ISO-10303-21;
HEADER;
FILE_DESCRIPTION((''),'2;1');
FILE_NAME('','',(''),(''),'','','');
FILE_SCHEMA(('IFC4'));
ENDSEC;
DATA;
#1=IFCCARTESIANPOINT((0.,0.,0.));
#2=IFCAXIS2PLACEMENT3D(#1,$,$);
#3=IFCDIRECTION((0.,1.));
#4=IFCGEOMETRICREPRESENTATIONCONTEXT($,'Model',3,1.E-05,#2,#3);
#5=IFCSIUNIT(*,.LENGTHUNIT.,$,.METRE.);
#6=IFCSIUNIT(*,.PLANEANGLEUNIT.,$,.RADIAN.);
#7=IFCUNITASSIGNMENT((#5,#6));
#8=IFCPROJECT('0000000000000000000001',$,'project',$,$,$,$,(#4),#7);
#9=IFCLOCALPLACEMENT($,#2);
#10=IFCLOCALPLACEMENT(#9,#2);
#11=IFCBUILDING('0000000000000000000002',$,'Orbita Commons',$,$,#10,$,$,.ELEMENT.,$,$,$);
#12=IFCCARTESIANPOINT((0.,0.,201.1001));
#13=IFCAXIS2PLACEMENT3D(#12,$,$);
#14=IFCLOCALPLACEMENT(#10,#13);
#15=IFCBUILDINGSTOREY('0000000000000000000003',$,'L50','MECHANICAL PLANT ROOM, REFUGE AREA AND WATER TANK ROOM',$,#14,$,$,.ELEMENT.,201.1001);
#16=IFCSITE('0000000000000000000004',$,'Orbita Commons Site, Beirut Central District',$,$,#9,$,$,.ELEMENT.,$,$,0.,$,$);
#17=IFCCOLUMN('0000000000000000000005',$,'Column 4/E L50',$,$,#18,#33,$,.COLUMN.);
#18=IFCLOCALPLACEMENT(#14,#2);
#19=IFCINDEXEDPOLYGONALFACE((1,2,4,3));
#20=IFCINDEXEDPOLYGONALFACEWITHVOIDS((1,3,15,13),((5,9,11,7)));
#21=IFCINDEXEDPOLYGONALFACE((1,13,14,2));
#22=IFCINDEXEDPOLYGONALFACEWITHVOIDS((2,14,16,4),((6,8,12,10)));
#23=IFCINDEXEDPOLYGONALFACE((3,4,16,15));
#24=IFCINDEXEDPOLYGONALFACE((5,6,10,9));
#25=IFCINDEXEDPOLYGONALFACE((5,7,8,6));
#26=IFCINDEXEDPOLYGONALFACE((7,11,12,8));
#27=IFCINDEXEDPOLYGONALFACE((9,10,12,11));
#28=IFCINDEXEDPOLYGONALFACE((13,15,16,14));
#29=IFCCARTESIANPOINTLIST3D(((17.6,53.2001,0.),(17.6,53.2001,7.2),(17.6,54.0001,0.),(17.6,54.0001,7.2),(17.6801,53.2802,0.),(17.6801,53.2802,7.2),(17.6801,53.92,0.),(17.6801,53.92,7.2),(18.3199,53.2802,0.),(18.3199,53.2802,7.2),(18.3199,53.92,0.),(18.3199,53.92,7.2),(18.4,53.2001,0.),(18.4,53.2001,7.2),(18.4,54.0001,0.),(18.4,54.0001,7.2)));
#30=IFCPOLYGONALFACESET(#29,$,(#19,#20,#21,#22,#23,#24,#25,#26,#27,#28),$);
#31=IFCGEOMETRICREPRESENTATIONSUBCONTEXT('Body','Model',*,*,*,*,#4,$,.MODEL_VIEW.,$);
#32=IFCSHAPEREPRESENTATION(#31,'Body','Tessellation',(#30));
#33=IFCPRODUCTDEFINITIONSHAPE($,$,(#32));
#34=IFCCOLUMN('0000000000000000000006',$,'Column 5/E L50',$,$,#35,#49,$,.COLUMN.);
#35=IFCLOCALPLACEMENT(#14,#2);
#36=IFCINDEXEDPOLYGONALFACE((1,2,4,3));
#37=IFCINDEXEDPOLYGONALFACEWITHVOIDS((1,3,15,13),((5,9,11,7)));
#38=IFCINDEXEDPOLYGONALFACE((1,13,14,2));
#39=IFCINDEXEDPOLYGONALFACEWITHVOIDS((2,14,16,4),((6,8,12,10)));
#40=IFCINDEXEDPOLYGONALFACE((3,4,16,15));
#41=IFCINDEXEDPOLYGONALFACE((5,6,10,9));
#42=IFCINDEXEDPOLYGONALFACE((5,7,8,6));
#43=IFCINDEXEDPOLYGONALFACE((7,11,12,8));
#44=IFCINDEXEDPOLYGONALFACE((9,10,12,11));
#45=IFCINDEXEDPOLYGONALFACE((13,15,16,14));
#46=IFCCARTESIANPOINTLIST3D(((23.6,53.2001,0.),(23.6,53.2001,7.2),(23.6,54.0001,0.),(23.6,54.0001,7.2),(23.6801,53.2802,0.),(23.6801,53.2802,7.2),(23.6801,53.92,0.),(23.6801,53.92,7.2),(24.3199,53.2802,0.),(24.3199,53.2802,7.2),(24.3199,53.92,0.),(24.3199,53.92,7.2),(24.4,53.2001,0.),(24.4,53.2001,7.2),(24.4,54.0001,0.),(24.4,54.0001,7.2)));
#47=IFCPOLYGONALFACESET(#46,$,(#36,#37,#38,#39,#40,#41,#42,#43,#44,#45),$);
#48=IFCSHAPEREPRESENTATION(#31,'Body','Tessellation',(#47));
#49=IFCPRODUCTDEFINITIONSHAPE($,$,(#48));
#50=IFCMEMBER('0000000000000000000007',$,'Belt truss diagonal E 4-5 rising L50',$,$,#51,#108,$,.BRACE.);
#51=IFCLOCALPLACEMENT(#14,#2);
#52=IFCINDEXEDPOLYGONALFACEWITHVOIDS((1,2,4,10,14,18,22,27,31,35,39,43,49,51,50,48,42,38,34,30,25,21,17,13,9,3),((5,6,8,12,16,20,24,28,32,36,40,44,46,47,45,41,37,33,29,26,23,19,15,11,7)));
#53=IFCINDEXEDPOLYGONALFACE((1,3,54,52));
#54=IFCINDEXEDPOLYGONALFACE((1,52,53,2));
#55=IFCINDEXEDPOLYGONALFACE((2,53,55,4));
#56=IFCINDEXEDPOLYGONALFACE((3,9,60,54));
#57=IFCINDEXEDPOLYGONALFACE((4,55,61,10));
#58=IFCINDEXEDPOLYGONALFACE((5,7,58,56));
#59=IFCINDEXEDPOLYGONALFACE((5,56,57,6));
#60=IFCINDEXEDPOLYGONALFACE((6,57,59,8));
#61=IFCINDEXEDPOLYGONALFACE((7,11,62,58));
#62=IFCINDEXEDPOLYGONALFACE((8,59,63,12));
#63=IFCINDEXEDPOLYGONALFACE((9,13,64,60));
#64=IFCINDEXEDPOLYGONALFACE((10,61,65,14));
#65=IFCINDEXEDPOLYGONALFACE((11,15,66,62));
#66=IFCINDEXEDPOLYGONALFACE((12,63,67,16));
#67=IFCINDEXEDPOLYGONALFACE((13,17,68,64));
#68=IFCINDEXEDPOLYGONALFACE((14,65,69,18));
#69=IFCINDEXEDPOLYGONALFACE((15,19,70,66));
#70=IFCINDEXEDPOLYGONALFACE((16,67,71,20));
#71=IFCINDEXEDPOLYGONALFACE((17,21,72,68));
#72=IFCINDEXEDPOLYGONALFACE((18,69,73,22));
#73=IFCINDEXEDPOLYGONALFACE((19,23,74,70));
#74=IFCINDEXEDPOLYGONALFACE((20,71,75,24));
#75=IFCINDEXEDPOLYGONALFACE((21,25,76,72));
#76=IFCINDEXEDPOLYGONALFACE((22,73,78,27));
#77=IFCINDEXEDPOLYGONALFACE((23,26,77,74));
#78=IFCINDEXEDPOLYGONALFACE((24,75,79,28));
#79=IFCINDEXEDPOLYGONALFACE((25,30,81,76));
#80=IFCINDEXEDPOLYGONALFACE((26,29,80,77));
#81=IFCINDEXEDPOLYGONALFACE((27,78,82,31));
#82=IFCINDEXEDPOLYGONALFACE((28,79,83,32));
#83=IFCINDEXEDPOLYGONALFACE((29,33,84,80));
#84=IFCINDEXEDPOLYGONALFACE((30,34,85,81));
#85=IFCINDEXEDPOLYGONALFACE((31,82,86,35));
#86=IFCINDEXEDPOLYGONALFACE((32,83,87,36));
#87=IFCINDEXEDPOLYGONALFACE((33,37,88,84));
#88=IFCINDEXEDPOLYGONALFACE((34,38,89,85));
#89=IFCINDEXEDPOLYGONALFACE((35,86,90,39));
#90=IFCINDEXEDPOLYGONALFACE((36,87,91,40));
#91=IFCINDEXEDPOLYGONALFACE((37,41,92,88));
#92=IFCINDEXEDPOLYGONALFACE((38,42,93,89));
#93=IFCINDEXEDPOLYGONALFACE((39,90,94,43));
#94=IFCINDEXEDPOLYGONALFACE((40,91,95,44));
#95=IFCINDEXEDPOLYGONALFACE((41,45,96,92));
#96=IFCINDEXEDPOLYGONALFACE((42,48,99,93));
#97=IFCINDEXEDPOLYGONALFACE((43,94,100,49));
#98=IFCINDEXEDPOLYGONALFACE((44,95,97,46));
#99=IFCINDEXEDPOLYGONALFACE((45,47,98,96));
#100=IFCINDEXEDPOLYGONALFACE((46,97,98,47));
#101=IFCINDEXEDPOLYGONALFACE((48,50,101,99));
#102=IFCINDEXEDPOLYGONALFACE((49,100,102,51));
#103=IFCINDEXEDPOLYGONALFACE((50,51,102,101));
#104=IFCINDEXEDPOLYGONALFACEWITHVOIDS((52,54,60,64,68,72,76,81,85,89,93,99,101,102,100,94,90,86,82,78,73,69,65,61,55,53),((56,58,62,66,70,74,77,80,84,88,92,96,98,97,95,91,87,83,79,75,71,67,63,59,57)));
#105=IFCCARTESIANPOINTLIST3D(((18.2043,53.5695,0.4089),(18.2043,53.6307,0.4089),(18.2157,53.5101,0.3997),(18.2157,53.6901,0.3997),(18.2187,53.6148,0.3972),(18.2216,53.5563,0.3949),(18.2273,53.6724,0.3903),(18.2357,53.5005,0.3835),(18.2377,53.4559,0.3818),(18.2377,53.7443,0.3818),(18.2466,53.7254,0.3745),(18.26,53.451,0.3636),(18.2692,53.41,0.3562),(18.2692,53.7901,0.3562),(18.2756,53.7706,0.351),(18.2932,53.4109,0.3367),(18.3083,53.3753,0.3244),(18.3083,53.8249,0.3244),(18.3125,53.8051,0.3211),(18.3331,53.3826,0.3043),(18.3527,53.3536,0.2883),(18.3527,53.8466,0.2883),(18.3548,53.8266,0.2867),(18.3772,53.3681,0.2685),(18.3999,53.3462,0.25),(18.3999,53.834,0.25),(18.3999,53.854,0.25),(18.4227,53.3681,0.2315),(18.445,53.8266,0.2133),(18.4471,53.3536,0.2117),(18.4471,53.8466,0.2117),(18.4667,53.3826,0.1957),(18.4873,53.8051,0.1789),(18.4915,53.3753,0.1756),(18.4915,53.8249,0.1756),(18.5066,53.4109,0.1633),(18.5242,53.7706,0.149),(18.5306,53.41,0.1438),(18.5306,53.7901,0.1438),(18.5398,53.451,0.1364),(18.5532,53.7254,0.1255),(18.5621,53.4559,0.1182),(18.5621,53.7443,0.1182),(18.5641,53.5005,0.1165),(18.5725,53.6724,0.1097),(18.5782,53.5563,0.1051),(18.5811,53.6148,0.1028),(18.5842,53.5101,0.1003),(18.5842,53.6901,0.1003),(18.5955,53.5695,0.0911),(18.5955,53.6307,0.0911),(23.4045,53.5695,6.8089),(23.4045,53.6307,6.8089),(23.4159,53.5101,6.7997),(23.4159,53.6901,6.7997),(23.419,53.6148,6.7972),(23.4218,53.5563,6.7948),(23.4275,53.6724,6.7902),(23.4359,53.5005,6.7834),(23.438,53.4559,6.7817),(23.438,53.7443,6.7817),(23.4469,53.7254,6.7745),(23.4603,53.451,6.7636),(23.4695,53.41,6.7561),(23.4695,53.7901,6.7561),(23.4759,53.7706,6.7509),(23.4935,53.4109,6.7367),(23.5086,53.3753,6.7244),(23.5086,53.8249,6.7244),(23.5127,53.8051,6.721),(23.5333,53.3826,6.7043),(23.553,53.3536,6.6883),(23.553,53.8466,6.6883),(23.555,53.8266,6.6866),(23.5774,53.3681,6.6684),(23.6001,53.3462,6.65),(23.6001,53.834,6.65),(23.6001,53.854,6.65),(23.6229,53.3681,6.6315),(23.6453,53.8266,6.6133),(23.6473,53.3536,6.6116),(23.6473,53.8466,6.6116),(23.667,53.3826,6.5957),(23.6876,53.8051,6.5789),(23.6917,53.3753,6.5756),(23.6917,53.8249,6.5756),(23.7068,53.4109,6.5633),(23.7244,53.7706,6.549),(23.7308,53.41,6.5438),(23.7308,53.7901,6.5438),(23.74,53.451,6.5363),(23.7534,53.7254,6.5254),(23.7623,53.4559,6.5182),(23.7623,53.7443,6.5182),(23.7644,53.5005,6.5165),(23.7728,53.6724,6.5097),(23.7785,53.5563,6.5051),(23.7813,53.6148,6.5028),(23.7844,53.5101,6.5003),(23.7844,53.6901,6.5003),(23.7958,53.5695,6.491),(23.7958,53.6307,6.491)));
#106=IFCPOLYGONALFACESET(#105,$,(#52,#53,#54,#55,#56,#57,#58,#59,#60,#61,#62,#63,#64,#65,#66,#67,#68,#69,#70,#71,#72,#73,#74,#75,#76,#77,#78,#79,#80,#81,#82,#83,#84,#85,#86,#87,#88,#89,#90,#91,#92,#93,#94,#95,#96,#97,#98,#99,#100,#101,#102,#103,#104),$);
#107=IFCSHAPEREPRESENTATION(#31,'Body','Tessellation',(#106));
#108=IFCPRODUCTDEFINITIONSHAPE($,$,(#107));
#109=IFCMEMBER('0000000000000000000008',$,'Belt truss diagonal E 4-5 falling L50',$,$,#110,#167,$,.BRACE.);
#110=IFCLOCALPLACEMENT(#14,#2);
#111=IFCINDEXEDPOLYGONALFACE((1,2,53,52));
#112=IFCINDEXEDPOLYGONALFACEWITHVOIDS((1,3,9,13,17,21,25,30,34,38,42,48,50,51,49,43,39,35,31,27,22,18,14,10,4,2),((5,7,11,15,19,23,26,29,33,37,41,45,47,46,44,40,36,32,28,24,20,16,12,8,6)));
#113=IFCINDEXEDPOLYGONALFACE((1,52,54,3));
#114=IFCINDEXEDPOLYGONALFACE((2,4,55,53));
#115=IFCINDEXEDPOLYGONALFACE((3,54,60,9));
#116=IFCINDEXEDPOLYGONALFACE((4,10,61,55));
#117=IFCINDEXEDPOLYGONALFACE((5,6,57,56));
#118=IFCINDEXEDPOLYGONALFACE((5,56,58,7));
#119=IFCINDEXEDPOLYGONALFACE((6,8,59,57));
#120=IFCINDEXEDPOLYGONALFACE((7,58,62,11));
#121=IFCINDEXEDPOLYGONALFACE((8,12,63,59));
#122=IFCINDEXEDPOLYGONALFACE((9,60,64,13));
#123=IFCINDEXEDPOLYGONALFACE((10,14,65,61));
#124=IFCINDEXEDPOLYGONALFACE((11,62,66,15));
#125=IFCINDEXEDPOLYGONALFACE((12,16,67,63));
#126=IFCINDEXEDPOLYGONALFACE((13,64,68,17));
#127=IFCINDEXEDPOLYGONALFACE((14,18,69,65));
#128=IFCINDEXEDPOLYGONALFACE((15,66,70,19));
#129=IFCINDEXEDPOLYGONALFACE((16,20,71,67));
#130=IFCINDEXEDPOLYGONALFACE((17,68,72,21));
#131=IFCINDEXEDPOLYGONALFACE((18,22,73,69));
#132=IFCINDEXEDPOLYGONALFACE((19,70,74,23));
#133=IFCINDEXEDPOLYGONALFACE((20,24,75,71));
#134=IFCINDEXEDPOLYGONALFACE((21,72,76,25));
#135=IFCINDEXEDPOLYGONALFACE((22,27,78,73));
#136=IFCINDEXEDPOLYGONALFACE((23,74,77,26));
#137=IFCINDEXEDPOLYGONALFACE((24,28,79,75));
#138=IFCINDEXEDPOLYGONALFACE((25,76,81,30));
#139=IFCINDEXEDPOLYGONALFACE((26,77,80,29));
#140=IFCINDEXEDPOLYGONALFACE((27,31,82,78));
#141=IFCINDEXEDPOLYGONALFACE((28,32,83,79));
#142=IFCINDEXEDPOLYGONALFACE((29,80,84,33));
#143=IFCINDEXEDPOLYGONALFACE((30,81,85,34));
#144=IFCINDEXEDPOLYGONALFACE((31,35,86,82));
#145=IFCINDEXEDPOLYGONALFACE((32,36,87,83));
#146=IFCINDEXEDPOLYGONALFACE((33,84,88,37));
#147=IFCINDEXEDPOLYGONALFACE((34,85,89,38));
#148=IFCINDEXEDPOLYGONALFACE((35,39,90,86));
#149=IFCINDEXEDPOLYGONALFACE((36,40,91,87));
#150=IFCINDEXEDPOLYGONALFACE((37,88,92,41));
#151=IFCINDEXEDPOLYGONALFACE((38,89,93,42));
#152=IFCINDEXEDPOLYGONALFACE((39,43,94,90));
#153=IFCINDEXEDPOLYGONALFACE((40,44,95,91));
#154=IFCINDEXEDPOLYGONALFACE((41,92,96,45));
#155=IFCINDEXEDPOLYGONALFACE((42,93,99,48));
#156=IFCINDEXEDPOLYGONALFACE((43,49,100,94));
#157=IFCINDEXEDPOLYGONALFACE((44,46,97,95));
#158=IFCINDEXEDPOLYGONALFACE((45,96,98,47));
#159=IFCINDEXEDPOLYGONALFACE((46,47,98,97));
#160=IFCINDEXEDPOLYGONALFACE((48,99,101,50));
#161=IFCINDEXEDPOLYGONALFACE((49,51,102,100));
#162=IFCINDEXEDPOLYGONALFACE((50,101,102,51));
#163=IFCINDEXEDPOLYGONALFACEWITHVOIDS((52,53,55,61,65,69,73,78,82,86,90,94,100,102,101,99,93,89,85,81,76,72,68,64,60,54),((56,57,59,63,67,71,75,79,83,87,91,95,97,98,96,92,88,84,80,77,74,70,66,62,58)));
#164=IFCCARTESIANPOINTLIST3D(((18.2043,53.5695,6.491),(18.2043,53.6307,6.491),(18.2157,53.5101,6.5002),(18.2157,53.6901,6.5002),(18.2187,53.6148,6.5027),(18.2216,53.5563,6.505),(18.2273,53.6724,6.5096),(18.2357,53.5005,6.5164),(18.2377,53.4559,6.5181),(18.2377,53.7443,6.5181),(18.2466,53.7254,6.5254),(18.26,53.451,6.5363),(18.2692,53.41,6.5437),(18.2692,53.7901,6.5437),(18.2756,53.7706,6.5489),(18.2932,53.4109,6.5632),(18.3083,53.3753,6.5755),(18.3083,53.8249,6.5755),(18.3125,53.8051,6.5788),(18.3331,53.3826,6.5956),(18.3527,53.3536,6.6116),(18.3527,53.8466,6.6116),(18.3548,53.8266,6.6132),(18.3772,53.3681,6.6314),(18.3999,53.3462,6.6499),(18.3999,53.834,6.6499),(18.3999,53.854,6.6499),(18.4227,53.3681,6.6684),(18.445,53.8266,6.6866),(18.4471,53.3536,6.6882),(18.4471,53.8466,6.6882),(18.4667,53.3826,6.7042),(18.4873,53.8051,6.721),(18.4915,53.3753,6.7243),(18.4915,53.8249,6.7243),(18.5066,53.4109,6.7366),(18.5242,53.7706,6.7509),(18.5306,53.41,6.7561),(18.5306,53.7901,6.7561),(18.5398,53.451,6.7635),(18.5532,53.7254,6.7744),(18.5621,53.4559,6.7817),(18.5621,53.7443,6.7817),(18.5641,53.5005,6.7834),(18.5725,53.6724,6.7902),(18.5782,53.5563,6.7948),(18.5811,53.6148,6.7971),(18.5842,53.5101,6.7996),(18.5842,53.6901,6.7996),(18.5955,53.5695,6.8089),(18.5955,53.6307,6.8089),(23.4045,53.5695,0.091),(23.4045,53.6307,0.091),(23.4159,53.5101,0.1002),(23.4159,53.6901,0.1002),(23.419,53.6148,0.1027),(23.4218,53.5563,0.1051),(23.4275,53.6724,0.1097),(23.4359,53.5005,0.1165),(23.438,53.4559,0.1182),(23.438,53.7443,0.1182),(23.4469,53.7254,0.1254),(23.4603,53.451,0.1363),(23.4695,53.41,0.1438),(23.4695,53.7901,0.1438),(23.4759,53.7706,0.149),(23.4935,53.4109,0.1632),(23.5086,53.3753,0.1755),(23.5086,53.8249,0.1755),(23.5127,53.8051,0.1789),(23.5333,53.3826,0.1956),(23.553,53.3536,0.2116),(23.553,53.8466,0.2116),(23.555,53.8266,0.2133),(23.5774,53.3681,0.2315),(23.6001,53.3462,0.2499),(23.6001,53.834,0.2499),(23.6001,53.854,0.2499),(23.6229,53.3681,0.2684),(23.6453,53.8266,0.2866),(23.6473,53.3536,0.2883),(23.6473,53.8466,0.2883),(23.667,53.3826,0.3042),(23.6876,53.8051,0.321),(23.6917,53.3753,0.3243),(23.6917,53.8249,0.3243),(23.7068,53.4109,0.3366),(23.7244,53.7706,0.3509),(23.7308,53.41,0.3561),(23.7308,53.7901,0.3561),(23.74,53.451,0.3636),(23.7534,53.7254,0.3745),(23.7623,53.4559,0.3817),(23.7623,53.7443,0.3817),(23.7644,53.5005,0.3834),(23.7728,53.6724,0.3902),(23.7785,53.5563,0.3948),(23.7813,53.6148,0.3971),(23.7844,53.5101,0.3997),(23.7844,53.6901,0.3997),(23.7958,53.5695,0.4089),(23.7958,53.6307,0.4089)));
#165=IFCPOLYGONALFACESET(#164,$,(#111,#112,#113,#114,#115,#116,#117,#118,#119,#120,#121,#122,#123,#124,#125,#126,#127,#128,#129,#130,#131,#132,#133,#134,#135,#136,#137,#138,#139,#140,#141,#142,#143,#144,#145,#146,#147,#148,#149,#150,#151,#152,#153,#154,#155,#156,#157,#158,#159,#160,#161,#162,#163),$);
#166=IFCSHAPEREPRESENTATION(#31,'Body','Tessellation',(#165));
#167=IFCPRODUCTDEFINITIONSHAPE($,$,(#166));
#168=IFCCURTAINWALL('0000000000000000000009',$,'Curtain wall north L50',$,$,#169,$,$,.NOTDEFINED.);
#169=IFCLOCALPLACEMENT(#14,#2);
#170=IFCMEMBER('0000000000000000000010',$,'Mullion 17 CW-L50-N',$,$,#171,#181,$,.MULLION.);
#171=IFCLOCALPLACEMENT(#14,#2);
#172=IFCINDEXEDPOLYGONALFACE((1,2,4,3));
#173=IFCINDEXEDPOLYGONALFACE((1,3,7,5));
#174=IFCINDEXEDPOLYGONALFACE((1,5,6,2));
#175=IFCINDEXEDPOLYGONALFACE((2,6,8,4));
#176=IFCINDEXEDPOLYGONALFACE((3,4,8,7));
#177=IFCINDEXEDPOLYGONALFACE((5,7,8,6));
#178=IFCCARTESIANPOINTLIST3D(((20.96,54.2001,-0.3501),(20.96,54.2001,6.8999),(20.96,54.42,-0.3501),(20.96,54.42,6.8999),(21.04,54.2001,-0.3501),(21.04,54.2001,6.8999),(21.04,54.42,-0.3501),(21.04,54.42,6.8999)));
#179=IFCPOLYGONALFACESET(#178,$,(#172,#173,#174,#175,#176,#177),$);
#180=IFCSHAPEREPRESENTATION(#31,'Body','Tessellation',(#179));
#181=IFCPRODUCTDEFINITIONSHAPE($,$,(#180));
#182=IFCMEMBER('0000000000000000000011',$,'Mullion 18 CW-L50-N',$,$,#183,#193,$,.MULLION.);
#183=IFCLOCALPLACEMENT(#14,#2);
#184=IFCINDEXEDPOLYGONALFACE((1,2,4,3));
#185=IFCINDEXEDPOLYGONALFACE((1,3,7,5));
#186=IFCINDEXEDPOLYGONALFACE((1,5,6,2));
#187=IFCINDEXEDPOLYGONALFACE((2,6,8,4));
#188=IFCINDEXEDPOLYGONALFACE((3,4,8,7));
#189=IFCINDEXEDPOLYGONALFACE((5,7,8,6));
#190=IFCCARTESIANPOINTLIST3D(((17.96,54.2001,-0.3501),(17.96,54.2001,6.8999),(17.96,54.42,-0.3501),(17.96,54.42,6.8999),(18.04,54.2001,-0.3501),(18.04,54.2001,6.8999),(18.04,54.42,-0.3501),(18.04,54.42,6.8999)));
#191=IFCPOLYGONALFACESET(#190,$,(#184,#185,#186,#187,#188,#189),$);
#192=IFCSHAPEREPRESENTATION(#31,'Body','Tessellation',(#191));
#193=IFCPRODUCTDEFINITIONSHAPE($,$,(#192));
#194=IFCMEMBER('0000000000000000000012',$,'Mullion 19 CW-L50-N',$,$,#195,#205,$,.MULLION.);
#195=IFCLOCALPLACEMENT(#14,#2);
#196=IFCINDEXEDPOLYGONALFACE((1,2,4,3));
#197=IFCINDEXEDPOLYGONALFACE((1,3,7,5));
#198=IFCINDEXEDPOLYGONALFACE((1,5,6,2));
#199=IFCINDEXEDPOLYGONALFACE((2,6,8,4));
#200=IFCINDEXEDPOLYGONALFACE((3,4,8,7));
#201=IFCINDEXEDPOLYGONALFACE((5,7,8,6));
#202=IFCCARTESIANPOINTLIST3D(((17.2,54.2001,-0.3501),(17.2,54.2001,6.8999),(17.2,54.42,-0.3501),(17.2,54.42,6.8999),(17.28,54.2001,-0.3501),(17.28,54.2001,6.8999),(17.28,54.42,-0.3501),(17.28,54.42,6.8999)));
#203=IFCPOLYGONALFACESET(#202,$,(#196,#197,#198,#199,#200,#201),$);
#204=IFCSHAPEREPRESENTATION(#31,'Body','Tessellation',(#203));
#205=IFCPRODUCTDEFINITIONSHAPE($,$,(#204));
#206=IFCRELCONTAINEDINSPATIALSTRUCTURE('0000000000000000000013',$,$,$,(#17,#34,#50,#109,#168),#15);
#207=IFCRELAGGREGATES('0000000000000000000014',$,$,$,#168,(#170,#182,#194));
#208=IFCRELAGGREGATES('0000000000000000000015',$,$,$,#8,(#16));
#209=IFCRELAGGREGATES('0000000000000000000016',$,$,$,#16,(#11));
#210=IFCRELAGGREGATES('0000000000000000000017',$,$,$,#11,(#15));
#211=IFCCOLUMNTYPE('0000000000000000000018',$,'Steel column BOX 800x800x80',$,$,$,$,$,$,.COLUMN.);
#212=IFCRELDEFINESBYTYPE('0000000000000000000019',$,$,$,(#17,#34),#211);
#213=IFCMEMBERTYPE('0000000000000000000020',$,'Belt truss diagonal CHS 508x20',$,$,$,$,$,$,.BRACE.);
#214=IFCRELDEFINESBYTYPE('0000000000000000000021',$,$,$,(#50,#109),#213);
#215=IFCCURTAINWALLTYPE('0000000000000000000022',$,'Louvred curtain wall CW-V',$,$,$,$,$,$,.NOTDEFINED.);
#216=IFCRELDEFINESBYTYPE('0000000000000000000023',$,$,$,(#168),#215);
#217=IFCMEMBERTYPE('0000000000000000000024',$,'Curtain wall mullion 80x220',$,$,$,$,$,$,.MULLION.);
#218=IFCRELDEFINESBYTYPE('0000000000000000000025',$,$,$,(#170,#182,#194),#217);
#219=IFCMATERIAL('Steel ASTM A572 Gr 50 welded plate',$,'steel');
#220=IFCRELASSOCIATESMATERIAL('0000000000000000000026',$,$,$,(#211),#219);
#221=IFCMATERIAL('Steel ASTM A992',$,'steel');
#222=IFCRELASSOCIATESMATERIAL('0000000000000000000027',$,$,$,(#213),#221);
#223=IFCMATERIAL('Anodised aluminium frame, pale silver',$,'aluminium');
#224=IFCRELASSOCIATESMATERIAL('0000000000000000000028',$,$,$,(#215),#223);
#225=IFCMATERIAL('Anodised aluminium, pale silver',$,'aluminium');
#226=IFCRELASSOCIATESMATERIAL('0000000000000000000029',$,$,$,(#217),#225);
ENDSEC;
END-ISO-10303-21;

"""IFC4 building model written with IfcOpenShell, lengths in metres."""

from ifc_helpers import new_model, si_unit, direction, frame, origin, origin_2d, place, context, subcontext, project, spatial, rectangle, hollow_rectangle, hollow_circle, extrude, material, material_profile, profile_set, type_object, element, aggregate, save


model = new_model("IFC4")

# Units and contexts
model_context = context("Model", 3, precision=1e-05, world=origin(), true_north=direction((0.0, 1.0)))
body_context = subcontext(model_context, "Body", "Model", "MODEL_VIEW")
ifc_project = project(units=[si_unit("LENGTHUNIT", "METRE"), si_unit("PLANEANGLEUNIT", "RADIAN")], contexts=[model_context])

# Site, building, storey
site_placement = place(None, origin())
site = spatial("IfcSite", under=ifc_project, at=site_placement, Name="Orbita Commons Site, Beirut Central District", CompositionType="ELEMENT", RefElevation=0.0)
building_placement = place(site_placement, origin())
building = spatial("IfcBuilding", under=site, at=building_placement, Name="Orbita Commons", CompositionType="ELEMENT")
storey_placement = place(building_placement, frame((0.0, 0.0, 201.1001)))
storey = spatial("IfcBuildingStorey", under=building, at=storey_placement, Name="L50", Description="MECHANICAL PLANT ROOM, REFUGE AREA AND WATER TANK ROOM", CompositionType="ELEMENT", Elevation=201.1001)

# Columns
ifc_material_1 = material(Name="Steel ASTM A572 Gr 50 welded plate", Category="steel")
ifc_material_profile_1 = material_profile(ifc_material_1, hollow_rectangle(XDim=0.8, YDim=0.8, WallThickness=0.0801, at=origin_2d()), Name="BOX 800x800x80")
ifc_profile_set_1 = profile_set([ifc_material_profile_1], Name="Steel ASTM A572 Gr 50 welded plate")
column_type = type_object("IfcColumnType", Name="Steel column BOX 800x800x80", PredefinedType="COLUMN", material=ifc_profile_set_1)
for number, where, z_axis, x_axis, name in (
    (1, (18.0, 53.6001, 0.0), (0.0, 0.0, 1.0), (1.0, 0.0, 0.0), "Column 4/E L50"),
    (2, (24.0, 53.6001, 0.0), (0.0, 0.0, 1.0), (1.0, 0.0, 0.0), "Column 5/E L50"),
):
    element("IfcColumn", number, at=place(storey_placement, frame(where, z_axis=z_axis, x_axis=x_axis)), inside=storey, type_object=column_type, Name=name, PredefinedType="COLUMN", context=body_context, shape_type="SweptSolid", body=[
        extrude(hollow_rectangle(XDim=0.8, YDim=0.8, WallThickness=0.0801, at=origin_2d()), origin(), (0.0, 0.0, 1.0), 7.2),
    ])

# Members
ifc_material_2 = material(Name="Steel ASTM A992", Category="steel")
ifc_material_profile_2 = material_profile(ifc_material_2, hollow_circle(Radius=0.2539, WallThickness=0.02, at=origin_2d()), Name="CHS 508x20")
ifc_profile_set_2 = profile_set([ifc_material_profile_2], Name="Steel ASTM A992")
member_type_1 = type_object("IfcMemberType", Name="Belt truss diagonal CHS 508x20", PredefinedType="BRACE", material=ifc_profile_set_2)
for number, where, z_axis, x_axis, name in (
    (3, (18.3999, 53.6001, 0.25), (0.630613, 0.0, 0.776098), (0.0, 1.0, 0.0), "Belt truss diagonal E 4-5 rising L50"),
    (4, (18.3999, 53.6001, 6.6499), (0.630613, 0.0, -0.776098), (0.0, 1.0, 0.0), "Belt truss diagonal E 4-5 falling L50"),
):
    element("IfcMember", number, at=place(storey_placement, frame(where, z_axis=z_axis, x_axis=x_axis)), inside=storey, type_object=member_type_1, Name=name, PredefinedType="BRACE", context=body_context, shape_type="SweptSolid", body=[
        extrude(hollow_circle(Radius=0.2539, WallThickness=0.02, at=origin_2d()), origin(), (0.0, 0.0, 1.0), 8.2463),
    ])

# Curtain wall, members
ifc_material_3 = material(Name="Anodised aluminium frame, pale silver", Category="aluminium")
curtain_wall_type = type_object("IfcCurtainWallType", Name="Louvred curtain wall CW-V", PredefinedType="NOTDEFINED", material=ifc_material_3)
curtain_wall_placement = place(storey_placement, origin())
curtain_wall = element("IfcCurtainWall", 5, at=curtain_wall_placement, inside=storey, type_object=curtain_wall_type, Name="Curtain wall north L50", PredefinedType="NOTDEFINED")
ifc_material_4 = material(Name="Anodised aluminium, pale silver", Category="aluminium")
ifc_material_profile_3 = material_profile(ifc_material_4, rectangle(XDim=0.0801, YDim=0.22, at=origin_2d()), Name="AL 80x220")
ifc_profile_set_3 = profile_set([ifc_material_profile_3], Name="Anodised aluminium, pale silver")
member_type_2 = type_object("IfcMemberType", Name="Curtain wall mullion 80x220", PredefinedType="MULLION", material=ifc_profile_set_3)
member_1_placement = place(storey_placement, frame((21.0, 54.3101, -0.3501), z_axis=(0.0, 0.0, 1.0), x_axis=(-1.0, 0.0, 0.0)))
member_1 = element("IfcMember", 6, at=member_1_placement, type_object=member_type_2, Name="Mullion 17 CW-L50-N", PredefinedType="MULLION", context=body_context, shape_type="SweptSolid", body=[
    extrude(rectangle(XDim=0.0801, YDim=0.22, at=origin_2d()), origin(), (0.0, 0.0, 1.0), 7.25),
])
member_2_placement = place(storey_placement, frame((18.0, 54.3101, -0.3501), z_axis=(0.0, 0.0, 1.0), x_axis=(-1.0, 0.0, 0.0)))
member_2 = element("IfcMember", 7, at=member_2_placement, type_object=member_type_2, Name="Mullion 18 CW-L50-N", PredefinedType="MULLION", context=body_context, shape_type="SweptSolid", body=[
    extrude(rectangle(XDim=0.0801, YDim=0.22, at=origin_2d()), origin(), (0.0, 0.0, 1.0), 7.25),
])
member_3_placement = place(storey_placement, frame((17.24, 54.3101, -0.3501), z_axis=(0.0, 0.0, 1.0), x_axis=(-1.0, 0.0, 0.0)))
member_3 = element("IfcMember", 8, at=member_3_placement, type_object=member_type_2, Name="Mullion 19 CW-L50-N", PredefinedType="MULLION", context=body_context, shape_type="SweptSolid", body=[
    extrude(rectangle(XDim=0.0801, YDim=0.22, at=origin_2d()), origin(), (0.0, 0.0, 1.0), 7.25),
])

aggregate(curtain_wall, [member_1, member_2, member_3])

save(model, "model.ifc")
